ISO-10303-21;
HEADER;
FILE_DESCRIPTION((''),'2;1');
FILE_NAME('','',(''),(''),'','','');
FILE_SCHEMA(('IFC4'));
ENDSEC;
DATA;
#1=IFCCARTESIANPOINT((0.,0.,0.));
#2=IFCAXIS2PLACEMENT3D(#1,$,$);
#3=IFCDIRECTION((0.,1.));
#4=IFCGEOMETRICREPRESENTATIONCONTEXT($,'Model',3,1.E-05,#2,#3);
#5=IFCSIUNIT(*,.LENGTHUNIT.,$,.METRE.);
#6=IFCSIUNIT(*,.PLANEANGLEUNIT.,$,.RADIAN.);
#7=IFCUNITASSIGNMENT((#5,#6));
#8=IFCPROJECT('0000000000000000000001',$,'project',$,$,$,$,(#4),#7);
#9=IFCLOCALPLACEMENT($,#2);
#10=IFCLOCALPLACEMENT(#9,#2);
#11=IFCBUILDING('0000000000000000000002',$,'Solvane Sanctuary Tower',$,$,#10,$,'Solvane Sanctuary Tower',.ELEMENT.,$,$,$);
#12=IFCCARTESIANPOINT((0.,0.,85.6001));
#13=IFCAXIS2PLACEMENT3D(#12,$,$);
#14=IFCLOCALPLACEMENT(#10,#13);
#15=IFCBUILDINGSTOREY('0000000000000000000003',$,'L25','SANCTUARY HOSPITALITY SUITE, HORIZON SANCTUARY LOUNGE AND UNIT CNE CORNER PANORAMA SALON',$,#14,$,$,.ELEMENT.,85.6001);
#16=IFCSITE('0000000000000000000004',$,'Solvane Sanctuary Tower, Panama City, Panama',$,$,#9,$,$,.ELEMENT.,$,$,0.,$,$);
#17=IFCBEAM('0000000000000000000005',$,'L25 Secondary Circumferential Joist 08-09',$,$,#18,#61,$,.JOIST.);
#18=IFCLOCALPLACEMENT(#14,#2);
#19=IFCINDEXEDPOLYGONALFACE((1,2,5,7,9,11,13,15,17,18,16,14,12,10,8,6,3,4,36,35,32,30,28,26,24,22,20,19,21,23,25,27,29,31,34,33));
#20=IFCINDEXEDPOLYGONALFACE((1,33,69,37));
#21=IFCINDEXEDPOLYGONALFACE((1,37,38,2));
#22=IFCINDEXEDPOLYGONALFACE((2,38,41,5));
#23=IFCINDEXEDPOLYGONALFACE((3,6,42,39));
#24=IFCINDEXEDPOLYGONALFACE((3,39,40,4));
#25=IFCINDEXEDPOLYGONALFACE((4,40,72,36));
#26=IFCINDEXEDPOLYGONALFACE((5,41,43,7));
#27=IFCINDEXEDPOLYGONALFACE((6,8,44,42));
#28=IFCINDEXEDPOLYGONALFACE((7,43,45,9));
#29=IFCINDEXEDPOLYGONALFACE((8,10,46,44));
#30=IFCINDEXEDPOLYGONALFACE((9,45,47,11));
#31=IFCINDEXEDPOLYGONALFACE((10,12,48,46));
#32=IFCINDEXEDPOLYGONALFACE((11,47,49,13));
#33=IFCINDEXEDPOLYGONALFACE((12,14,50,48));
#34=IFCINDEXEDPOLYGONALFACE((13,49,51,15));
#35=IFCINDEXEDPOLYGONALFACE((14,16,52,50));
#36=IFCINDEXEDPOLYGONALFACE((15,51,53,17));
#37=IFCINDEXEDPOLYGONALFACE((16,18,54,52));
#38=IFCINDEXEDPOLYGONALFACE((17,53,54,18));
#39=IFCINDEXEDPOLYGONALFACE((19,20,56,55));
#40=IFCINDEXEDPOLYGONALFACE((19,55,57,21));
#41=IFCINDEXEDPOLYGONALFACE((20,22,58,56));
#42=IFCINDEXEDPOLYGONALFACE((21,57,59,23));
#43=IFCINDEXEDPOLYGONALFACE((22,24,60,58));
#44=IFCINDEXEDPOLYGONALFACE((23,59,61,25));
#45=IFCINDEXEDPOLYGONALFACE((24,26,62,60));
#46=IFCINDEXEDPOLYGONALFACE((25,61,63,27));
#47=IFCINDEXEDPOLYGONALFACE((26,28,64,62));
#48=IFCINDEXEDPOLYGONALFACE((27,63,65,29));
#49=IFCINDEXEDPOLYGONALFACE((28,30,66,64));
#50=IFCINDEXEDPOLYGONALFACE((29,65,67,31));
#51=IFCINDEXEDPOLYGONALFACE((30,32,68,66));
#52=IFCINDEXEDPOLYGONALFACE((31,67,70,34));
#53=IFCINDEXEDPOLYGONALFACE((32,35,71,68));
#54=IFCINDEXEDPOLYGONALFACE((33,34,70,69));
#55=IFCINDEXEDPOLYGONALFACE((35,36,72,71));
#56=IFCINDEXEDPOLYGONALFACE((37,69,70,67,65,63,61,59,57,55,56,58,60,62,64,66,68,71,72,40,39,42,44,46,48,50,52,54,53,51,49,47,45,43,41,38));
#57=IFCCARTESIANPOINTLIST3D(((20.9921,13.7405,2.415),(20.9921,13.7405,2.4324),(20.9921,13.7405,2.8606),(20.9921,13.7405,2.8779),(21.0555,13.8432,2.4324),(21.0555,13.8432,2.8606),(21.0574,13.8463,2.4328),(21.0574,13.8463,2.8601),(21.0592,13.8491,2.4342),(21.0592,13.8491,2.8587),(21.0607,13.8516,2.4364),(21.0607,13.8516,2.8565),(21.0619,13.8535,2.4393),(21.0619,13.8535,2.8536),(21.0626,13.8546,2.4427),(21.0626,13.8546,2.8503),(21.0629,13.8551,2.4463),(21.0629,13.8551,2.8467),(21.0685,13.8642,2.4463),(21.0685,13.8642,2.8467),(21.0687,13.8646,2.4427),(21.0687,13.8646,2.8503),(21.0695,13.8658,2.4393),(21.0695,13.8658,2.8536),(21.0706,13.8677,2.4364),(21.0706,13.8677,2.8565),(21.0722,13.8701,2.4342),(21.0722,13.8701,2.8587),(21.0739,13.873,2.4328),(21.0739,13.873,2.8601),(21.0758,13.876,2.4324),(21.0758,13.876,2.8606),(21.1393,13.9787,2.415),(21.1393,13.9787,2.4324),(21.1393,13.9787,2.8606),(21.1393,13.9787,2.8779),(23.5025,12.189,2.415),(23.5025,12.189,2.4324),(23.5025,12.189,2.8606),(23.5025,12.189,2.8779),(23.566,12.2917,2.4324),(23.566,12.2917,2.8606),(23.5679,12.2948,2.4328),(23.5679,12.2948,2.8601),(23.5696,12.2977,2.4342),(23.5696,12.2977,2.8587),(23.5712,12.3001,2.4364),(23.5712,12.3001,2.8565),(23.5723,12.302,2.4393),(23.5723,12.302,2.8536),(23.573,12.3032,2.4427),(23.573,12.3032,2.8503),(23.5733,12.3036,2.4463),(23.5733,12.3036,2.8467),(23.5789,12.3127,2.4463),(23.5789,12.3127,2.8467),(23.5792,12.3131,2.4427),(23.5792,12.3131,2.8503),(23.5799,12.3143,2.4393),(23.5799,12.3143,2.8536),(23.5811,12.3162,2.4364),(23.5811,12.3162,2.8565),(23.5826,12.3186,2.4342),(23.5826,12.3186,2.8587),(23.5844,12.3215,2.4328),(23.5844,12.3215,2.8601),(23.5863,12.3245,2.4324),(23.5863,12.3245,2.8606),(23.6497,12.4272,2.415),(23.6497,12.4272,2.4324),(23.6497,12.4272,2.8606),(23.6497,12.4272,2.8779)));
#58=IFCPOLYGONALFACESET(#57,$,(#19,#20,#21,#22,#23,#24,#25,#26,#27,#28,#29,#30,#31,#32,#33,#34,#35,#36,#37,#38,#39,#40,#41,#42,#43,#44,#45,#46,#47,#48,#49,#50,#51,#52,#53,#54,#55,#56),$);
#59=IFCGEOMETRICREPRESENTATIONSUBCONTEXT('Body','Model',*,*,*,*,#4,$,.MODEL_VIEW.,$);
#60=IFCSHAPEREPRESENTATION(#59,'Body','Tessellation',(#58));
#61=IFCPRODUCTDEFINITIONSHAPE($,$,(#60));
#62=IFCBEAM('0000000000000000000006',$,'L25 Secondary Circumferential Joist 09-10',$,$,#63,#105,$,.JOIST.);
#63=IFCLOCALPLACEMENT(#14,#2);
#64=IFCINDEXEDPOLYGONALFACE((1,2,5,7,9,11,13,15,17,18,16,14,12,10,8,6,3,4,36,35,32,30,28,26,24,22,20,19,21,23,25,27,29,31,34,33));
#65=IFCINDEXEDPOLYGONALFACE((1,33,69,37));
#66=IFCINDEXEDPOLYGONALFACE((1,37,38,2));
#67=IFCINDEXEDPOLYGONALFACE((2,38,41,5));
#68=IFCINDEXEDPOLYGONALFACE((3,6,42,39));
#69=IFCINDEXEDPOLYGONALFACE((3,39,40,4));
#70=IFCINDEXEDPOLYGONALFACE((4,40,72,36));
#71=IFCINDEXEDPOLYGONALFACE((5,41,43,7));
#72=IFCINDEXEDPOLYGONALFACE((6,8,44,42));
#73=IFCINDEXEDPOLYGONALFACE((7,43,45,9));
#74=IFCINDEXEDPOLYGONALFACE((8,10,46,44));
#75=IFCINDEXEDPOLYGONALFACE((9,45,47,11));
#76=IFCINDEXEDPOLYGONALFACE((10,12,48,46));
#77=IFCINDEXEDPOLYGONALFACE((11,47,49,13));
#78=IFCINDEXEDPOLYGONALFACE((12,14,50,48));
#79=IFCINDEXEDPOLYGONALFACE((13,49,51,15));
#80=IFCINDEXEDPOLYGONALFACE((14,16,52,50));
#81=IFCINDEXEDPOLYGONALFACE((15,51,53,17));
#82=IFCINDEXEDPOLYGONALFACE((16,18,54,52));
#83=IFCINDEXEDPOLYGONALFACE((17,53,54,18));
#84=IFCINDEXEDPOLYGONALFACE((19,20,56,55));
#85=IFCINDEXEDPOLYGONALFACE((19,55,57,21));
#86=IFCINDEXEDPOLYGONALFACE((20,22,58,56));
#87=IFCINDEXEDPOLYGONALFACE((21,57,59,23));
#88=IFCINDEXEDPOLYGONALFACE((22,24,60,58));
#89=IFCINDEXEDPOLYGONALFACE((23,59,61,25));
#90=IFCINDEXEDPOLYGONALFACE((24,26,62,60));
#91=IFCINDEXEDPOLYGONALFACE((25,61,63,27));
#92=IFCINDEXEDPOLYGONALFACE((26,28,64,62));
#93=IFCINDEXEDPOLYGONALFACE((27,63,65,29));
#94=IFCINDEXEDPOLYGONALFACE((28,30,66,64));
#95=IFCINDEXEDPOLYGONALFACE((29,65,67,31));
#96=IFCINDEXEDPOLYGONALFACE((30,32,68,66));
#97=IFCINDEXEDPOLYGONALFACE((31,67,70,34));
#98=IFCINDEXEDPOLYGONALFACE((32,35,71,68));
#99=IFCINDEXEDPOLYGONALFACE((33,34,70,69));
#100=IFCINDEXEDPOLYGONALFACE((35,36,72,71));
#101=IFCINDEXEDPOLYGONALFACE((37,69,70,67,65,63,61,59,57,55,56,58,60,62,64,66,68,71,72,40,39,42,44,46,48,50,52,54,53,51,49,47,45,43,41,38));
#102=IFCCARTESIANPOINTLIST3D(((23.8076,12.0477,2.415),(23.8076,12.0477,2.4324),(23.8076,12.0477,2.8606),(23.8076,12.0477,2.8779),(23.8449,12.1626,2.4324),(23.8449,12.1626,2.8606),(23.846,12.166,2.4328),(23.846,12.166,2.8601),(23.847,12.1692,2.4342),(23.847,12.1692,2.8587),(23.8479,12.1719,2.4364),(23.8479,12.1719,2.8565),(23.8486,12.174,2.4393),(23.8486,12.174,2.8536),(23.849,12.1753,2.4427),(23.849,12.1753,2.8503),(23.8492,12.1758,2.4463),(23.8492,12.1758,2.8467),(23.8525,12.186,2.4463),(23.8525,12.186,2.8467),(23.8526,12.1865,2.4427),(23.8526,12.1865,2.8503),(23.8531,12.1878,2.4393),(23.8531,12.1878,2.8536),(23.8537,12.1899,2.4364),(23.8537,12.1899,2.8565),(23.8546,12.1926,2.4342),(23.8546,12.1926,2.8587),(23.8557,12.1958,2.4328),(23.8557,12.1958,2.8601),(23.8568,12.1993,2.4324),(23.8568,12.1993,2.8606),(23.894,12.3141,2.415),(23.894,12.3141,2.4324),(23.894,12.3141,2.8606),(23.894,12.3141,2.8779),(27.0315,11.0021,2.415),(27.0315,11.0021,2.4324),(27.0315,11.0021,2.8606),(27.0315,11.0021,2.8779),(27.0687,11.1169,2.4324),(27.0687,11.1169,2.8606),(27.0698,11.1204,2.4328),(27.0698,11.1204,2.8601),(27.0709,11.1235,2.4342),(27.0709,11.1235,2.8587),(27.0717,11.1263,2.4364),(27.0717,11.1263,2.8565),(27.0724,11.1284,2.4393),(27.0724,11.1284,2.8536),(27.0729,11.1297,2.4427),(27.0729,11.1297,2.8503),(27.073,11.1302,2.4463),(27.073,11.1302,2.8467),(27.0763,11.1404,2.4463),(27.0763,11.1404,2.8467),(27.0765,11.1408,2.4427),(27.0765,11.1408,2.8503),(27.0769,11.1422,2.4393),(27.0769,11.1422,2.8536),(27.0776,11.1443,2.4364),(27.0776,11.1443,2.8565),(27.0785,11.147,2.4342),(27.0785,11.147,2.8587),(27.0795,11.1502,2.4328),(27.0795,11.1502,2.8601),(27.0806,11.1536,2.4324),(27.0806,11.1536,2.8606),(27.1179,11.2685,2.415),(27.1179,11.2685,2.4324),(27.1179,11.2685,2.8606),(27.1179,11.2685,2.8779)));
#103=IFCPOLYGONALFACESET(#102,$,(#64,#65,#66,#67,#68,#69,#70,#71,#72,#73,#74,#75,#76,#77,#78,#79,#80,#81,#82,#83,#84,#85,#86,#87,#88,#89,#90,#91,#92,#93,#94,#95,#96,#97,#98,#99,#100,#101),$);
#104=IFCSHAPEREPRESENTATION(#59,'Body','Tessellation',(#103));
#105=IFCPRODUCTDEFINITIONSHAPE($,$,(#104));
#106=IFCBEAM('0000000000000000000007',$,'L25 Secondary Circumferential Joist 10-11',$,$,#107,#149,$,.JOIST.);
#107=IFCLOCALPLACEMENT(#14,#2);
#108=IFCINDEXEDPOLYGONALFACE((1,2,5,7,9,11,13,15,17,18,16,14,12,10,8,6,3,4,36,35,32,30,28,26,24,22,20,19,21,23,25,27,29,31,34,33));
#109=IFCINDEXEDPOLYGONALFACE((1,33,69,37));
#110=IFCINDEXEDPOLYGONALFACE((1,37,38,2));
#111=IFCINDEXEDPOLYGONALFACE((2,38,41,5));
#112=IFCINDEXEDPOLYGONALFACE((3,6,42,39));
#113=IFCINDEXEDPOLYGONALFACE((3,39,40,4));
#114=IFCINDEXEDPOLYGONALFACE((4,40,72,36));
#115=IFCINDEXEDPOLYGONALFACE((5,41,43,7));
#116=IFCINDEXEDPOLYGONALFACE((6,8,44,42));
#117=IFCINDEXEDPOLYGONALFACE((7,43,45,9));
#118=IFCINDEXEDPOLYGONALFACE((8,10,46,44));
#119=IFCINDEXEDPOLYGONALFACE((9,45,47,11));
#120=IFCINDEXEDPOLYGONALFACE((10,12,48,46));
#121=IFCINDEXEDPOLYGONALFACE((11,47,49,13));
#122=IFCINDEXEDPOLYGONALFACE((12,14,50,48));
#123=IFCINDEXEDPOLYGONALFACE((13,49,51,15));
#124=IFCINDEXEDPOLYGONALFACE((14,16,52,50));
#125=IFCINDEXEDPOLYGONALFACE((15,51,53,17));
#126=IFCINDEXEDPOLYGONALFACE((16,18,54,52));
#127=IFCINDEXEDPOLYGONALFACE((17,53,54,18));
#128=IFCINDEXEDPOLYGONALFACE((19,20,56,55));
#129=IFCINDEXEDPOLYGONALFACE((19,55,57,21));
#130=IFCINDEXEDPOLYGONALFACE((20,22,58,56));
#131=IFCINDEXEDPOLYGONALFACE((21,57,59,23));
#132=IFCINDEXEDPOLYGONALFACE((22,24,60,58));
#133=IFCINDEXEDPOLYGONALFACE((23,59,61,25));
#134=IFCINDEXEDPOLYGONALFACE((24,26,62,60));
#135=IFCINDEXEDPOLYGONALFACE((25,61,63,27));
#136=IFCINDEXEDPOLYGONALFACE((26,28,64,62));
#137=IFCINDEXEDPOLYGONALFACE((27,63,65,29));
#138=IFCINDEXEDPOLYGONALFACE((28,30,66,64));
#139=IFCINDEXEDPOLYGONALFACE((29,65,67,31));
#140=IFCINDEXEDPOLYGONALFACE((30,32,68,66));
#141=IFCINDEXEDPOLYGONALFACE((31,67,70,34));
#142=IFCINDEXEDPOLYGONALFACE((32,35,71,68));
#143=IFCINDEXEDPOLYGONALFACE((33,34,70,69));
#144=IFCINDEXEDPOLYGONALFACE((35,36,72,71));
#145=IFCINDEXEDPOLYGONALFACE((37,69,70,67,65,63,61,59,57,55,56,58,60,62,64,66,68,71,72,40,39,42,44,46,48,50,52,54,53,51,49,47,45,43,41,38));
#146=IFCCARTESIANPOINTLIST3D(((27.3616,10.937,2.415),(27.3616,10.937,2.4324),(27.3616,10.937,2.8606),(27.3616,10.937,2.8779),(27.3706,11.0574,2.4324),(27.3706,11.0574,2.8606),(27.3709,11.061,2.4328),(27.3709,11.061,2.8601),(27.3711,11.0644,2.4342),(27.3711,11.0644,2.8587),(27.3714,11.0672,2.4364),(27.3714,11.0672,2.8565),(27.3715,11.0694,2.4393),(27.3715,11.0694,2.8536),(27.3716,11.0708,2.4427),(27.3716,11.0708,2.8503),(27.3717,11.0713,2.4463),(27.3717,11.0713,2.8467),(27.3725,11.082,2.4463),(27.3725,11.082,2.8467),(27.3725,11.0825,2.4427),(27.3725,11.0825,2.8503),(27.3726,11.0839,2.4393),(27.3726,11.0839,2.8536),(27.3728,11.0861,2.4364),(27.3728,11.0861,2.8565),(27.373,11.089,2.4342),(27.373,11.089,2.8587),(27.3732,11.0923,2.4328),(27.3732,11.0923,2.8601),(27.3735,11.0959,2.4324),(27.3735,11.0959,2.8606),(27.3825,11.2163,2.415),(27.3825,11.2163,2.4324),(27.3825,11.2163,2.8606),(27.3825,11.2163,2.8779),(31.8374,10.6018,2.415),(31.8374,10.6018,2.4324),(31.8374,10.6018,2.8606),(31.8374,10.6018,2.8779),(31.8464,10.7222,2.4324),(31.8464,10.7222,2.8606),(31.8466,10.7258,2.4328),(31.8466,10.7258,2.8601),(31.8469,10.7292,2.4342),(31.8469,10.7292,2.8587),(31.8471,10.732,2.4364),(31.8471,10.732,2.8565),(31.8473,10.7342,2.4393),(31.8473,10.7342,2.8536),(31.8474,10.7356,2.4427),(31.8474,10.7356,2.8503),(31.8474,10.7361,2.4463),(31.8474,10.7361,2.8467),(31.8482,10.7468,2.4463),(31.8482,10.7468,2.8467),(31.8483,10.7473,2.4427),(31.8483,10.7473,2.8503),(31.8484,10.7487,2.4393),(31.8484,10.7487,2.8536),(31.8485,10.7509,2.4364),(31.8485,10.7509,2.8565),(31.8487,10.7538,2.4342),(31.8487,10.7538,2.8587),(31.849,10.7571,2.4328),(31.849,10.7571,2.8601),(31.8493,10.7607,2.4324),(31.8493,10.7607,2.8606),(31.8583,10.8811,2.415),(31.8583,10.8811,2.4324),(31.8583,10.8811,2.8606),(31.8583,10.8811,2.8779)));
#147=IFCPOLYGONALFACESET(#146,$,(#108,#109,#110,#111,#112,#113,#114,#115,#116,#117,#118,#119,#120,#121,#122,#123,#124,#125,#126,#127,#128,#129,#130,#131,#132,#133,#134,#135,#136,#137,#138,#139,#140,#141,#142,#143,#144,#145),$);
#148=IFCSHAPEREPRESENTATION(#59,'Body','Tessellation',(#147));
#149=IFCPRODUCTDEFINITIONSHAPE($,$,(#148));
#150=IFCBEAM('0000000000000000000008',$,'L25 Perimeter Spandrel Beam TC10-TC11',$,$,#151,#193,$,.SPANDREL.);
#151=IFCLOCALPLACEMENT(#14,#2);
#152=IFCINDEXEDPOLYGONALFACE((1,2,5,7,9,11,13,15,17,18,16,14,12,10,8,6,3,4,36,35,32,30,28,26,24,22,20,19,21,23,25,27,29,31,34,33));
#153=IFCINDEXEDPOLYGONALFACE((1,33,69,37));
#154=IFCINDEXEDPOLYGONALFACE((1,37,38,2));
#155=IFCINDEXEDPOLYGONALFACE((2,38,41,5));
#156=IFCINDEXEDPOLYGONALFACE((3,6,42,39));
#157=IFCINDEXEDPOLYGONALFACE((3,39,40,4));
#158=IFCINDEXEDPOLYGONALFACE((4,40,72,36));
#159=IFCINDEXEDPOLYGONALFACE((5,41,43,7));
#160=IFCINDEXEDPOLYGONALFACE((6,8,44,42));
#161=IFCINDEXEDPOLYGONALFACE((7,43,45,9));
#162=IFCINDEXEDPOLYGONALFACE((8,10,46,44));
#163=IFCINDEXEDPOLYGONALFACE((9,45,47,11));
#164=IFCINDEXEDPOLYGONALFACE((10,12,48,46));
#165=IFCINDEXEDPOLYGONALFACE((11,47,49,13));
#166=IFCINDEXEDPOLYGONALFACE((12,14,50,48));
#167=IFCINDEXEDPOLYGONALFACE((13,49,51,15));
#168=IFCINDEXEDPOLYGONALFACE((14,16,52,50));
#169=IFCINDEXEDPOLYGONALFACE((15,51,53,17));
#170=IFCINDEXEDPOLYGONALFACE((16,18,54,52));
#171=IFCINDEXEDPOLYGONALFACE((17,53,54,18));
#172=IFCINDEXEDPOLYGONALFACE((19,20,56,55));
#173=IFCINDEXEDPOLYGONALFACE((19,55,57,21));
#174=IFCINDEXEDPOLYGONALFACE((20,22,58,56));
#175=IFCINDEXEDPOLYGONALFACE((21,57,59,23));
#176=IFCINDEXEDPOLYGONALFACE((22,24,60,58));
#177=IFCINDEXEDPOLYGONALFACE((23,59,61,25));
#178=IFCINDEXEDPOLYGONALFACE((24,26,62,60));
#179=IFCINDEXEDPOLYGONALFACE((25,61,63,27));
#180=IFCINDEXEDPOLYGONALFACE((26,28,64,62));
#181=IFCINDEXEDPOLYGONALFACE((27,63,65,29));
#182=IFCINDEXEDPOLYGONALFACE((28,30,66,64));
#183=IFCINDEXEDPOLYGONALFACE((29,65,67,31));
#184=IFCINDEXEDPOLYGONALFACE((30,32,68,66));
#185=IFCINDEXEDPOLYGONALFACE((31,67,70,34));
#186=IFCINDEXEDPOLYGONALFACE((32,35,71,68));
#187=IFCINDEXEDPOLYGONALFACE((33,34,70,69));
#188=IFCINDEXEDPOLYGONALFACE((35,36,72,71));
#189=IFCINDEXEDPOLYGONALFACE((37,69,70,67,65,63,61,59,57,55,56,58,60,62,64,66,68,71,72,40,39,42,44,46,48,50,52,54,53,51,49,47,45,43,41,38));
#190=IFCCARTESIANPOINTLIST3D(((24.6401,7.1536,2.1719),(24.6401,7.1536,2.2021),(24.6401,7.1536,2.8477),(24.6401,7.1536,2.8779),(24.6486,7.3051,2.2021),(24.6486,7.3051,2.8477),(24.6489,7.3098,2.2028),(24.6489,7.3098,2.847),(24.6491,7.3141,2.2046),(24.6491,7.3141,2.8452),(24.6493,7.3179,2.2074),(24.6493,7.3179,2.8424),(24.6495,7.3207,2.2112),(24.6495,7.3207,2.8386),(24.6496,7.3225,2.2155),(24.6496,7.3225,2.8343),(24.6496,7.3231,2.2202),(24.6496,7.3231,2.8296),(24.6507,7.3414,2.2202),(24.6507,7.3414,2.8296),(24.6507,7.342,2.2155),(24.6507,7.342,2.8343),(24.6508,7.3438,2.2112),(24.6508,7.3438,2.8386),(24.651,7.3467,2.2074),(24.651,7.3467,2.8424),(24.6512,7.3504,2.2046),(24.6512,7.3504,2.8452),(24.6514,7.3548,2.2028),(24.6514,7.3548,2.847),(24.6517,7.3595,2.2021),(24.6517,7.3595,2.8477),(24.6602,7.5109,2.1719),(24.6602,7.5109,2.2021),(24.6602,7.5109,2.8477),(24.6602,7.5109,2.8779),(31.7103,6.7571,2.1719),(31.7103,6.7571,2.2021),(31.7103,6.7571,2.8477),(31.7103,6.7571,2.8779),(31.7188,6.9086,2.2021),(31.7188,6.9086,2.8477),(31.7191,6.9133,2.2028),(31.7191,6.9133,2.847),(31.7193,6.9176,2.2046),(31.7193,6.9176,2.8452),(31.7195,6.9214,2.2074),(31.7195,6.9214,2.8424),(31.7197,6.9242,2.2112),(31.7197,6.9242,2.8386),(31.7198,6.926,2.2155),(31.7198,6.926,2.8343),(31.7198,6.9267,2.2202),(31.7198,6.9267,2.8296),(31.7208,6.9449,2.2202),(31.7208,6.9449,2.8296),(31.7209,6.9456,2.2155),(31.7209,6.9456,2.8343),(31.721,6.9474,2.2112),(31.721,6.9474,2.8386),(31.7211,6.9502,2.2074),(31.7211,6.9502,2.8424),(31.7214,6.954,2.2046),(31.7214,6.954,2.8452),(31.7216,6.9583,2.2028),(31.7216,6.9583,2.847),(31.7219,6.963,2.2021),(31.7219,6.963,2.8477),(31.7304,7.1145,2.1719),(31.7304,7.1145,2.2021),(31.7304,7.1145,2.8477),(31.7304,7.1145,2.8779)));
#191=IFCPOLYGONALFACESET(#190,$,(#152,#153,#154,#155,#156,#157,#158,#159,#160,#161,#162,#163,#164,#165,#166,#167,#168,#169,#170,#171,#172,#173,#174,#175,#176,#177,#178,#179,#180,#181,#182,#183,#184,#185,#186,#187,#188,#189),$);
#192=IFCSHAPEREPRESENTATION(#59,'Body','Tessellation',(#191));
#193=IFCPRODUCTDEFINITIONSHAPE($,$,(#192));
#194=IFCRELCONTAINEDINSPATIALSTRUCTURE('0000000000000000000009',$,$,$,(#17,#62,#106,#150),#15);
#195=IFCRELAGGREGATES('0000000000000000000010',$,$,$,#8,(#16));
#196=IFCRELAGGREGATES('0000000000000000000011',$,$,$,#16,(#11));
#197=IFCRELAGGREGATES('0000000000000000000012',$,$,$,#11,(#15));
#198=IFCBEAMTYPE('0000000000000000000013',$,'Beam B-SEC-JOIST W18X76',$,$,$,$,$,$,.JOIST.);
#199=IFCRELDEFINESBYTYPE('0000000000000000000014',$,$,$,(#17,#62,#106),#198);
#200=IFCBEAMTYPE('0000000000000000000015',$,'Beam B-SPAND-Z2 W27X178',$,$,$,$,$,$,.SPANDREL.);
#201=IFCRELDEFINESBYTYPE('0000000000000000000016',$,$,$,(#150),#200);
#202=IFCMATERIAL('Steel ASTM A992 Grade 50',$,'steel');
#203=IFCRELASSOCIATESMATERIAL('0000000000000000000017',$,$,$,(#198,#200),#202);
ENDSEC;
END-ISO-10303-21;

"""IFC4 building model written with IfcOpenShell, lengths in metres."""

from ifc_helpers import new_model, si_unit, direction, frame, origin, origin_2d, place, context, subcontext, project, spatial, i_section, extrude, material, material_profile, profile_set, type_object, element, save


model = new_model("IFC4")

# Units and contexts
model_context = context("Model", 3, precision=1e-05, world=origin(), true_north=direction((0.0, 1.0)))
body_context = subcontext(model_context, "Body", "Model", "MODEL_VIEW")
ifc_project = project(units=[si_unit("LENGTHUNIT", "METRE"), si_unit("PLANEANGLEUNIT", "RADIAN")], contexts=[model_context])

# Site, building, storey
site_placement = place(None, origin())
site = spatial("IfcSite", under=ifc_project, at=site_placement, Name="Solvane Sanctuary Tower, Panama City, Panama", CompositionType="ELEMENT", RefElevation=0.0)
building_placement = place(site_placement, origin())
building = spatial("IfcBuilding", under=site, at=building_placement, Name="Solvane Sanctuary Tower", LongName="Solvane Sanctuary Tower", CompositionType="ELEMENT")
storey_placement = place(building_placement, frame((0.0, 0.0, 85.6001)))
storey = spatial("IfcBuildingStorey", under=building, at=storey_placement, Name="L25", Description="SANCTUARY HOSPITALITY SUITE, HORIZON SANCTUARY LOUNGE AND UNIT CNE CORNER PANORAMA SALON", CompositionType="ELEMENT", Elevation=85.6001)

# Beams
ifc_material_1 = material(Name="Steel ASTM A992 Grade 50", Category="steel")
ifc_material_profile_1 = material_profile(ifc_material_1, i_section(OverallWidth=0.28, OverallDepth=0.4629, WebThickness=0.0107, FlangeThickness=0.0173, FilletRadius=0.0139, at=origin_2d()), Name="W18X76")
ifc_profile_set_1 = profile_set([ifc_material_profile_1], Name="Steel ASTM A992 Grade 50")
beam_type_1 = type_object("IfcBeamType", Name="Beam B-SEC-JOIST W18X76", PredefinedType="JOIST", material=ifc_profile_set_1)
beam_1_placement = place(storey_placement, frame((21.0657, 13.8596, 2.6465), z_axis=(0.85066, -0.525717, 0.0), x_axis=(0.525717, 0.85066, 0.0)))
element("IfcBeam", 1, at=beam_1_placement, inside=storey, type_object=beam_type_1, Name="L25 Secondary Circumferential Joist 08-09", PredefinedType="JOIST", context=body_context, shape_type="SweptSolid", body=[
    extrude(i_section(OverallWidth=0.28, OverallDepth=0.4629, WebThickness=0.0107, FlangeThickness=0.0173, FilletRadius=0.0139, at=origin_2d()), origin(), (0.0, 0.0, 1.0), 2.9512),
])
beam_2_placement = place(storey_placement, frame((23.8508, 12.1809, 2.6465), z_axis=(0.951217, -0.308524, 0.0), x_axis=(0.308524, 0.951217, 0.0)))
element("IfcBeam", 2, at=beam_2_placement, inside=storey, type_object=beam_type_1, Name="L25 Secondary Circumferential Joist 09-10", PredefinedType="JOIST", context=body_context, shape_type="SweptSolid", body=[
    extrude(i_section(OverallWidth=0.28, OverallDepth=0.4629, WebThickness=0.0107, FlangeThickness=0.0173, FilletRadius=0.0139, at=origin_2d()), origin(), (0.0, 0.0, 1.0), 3.3892),
])
beam_3_placement = place(storey_placement, frame((27.3721, 11.0767, 2.6465), z_axis=(0.997207, -0.074683, 0.0), x_axis=(0.074683, 0.997207, 0.0)))
element("IfcBeam", 3, at=beam_3_placement, inside=storey, type_object=beam_type_1, Name="L25 Secondary Circumferential Joist 10-11", PredefinedType="JOIST", context=body_context, shape_type="SweptSolid", body=[
    extrude(i_section(OverallWidth=0.28, OverallDepth=0.4629, WebThickness=0.0107, FlangeThickness=0.0173, FilletRadius=0.0139, at=origin_2d()), origin(), (0.0, 0.0, 1.0), 4.4883),
])
ifc_material_profile_2 = material_profile(ifc_material_1, i_section(OverallWidth=0.3579, OverallDepth=0.7061, WebThickness=0.0183, FlangeThickness=0.0303, FilletRadius=0.0181, at=origin_2d()), Name="W27X178")
ifc_profile_set_2 = profile_set([ifc_material_profile_2], Name="Steel ASTM A992 Grade 50")
beam_type_2 = type_object("IfcBeamType", Name="Beam B-SPAND-Z2 W27X178", PredefinedType="SPANDREL", material=ifc_profile_set_2)
beam_4_placement = place(storey_placement, frame((24.6501, 7.3323, 2.5249), z_axis=(0.998431, -0.055989, 0.0), x_axis=(0.055989, 0.998431, 0.0)))
element("IfcBeam", 4, at=beam_4_placement, inside=storey, type_object=beam_type_2, Name="L25 Perimeter Spandrel Beam TC10-TC11", PredefinedType="SPANDREL", context=body_context, shape_type="SweptSolid", body=[
    extrude(i_section(OverallWidth=0.3579, OverallDepth=0.7061, WebThickness=0.0183, FlangeThickness=0.0303, FilletRadius=0.0181, at=origin_2d()), origin(), (0.0, 0.0, 1.0), 7.0813),
])

save(model, "model.ifc")
